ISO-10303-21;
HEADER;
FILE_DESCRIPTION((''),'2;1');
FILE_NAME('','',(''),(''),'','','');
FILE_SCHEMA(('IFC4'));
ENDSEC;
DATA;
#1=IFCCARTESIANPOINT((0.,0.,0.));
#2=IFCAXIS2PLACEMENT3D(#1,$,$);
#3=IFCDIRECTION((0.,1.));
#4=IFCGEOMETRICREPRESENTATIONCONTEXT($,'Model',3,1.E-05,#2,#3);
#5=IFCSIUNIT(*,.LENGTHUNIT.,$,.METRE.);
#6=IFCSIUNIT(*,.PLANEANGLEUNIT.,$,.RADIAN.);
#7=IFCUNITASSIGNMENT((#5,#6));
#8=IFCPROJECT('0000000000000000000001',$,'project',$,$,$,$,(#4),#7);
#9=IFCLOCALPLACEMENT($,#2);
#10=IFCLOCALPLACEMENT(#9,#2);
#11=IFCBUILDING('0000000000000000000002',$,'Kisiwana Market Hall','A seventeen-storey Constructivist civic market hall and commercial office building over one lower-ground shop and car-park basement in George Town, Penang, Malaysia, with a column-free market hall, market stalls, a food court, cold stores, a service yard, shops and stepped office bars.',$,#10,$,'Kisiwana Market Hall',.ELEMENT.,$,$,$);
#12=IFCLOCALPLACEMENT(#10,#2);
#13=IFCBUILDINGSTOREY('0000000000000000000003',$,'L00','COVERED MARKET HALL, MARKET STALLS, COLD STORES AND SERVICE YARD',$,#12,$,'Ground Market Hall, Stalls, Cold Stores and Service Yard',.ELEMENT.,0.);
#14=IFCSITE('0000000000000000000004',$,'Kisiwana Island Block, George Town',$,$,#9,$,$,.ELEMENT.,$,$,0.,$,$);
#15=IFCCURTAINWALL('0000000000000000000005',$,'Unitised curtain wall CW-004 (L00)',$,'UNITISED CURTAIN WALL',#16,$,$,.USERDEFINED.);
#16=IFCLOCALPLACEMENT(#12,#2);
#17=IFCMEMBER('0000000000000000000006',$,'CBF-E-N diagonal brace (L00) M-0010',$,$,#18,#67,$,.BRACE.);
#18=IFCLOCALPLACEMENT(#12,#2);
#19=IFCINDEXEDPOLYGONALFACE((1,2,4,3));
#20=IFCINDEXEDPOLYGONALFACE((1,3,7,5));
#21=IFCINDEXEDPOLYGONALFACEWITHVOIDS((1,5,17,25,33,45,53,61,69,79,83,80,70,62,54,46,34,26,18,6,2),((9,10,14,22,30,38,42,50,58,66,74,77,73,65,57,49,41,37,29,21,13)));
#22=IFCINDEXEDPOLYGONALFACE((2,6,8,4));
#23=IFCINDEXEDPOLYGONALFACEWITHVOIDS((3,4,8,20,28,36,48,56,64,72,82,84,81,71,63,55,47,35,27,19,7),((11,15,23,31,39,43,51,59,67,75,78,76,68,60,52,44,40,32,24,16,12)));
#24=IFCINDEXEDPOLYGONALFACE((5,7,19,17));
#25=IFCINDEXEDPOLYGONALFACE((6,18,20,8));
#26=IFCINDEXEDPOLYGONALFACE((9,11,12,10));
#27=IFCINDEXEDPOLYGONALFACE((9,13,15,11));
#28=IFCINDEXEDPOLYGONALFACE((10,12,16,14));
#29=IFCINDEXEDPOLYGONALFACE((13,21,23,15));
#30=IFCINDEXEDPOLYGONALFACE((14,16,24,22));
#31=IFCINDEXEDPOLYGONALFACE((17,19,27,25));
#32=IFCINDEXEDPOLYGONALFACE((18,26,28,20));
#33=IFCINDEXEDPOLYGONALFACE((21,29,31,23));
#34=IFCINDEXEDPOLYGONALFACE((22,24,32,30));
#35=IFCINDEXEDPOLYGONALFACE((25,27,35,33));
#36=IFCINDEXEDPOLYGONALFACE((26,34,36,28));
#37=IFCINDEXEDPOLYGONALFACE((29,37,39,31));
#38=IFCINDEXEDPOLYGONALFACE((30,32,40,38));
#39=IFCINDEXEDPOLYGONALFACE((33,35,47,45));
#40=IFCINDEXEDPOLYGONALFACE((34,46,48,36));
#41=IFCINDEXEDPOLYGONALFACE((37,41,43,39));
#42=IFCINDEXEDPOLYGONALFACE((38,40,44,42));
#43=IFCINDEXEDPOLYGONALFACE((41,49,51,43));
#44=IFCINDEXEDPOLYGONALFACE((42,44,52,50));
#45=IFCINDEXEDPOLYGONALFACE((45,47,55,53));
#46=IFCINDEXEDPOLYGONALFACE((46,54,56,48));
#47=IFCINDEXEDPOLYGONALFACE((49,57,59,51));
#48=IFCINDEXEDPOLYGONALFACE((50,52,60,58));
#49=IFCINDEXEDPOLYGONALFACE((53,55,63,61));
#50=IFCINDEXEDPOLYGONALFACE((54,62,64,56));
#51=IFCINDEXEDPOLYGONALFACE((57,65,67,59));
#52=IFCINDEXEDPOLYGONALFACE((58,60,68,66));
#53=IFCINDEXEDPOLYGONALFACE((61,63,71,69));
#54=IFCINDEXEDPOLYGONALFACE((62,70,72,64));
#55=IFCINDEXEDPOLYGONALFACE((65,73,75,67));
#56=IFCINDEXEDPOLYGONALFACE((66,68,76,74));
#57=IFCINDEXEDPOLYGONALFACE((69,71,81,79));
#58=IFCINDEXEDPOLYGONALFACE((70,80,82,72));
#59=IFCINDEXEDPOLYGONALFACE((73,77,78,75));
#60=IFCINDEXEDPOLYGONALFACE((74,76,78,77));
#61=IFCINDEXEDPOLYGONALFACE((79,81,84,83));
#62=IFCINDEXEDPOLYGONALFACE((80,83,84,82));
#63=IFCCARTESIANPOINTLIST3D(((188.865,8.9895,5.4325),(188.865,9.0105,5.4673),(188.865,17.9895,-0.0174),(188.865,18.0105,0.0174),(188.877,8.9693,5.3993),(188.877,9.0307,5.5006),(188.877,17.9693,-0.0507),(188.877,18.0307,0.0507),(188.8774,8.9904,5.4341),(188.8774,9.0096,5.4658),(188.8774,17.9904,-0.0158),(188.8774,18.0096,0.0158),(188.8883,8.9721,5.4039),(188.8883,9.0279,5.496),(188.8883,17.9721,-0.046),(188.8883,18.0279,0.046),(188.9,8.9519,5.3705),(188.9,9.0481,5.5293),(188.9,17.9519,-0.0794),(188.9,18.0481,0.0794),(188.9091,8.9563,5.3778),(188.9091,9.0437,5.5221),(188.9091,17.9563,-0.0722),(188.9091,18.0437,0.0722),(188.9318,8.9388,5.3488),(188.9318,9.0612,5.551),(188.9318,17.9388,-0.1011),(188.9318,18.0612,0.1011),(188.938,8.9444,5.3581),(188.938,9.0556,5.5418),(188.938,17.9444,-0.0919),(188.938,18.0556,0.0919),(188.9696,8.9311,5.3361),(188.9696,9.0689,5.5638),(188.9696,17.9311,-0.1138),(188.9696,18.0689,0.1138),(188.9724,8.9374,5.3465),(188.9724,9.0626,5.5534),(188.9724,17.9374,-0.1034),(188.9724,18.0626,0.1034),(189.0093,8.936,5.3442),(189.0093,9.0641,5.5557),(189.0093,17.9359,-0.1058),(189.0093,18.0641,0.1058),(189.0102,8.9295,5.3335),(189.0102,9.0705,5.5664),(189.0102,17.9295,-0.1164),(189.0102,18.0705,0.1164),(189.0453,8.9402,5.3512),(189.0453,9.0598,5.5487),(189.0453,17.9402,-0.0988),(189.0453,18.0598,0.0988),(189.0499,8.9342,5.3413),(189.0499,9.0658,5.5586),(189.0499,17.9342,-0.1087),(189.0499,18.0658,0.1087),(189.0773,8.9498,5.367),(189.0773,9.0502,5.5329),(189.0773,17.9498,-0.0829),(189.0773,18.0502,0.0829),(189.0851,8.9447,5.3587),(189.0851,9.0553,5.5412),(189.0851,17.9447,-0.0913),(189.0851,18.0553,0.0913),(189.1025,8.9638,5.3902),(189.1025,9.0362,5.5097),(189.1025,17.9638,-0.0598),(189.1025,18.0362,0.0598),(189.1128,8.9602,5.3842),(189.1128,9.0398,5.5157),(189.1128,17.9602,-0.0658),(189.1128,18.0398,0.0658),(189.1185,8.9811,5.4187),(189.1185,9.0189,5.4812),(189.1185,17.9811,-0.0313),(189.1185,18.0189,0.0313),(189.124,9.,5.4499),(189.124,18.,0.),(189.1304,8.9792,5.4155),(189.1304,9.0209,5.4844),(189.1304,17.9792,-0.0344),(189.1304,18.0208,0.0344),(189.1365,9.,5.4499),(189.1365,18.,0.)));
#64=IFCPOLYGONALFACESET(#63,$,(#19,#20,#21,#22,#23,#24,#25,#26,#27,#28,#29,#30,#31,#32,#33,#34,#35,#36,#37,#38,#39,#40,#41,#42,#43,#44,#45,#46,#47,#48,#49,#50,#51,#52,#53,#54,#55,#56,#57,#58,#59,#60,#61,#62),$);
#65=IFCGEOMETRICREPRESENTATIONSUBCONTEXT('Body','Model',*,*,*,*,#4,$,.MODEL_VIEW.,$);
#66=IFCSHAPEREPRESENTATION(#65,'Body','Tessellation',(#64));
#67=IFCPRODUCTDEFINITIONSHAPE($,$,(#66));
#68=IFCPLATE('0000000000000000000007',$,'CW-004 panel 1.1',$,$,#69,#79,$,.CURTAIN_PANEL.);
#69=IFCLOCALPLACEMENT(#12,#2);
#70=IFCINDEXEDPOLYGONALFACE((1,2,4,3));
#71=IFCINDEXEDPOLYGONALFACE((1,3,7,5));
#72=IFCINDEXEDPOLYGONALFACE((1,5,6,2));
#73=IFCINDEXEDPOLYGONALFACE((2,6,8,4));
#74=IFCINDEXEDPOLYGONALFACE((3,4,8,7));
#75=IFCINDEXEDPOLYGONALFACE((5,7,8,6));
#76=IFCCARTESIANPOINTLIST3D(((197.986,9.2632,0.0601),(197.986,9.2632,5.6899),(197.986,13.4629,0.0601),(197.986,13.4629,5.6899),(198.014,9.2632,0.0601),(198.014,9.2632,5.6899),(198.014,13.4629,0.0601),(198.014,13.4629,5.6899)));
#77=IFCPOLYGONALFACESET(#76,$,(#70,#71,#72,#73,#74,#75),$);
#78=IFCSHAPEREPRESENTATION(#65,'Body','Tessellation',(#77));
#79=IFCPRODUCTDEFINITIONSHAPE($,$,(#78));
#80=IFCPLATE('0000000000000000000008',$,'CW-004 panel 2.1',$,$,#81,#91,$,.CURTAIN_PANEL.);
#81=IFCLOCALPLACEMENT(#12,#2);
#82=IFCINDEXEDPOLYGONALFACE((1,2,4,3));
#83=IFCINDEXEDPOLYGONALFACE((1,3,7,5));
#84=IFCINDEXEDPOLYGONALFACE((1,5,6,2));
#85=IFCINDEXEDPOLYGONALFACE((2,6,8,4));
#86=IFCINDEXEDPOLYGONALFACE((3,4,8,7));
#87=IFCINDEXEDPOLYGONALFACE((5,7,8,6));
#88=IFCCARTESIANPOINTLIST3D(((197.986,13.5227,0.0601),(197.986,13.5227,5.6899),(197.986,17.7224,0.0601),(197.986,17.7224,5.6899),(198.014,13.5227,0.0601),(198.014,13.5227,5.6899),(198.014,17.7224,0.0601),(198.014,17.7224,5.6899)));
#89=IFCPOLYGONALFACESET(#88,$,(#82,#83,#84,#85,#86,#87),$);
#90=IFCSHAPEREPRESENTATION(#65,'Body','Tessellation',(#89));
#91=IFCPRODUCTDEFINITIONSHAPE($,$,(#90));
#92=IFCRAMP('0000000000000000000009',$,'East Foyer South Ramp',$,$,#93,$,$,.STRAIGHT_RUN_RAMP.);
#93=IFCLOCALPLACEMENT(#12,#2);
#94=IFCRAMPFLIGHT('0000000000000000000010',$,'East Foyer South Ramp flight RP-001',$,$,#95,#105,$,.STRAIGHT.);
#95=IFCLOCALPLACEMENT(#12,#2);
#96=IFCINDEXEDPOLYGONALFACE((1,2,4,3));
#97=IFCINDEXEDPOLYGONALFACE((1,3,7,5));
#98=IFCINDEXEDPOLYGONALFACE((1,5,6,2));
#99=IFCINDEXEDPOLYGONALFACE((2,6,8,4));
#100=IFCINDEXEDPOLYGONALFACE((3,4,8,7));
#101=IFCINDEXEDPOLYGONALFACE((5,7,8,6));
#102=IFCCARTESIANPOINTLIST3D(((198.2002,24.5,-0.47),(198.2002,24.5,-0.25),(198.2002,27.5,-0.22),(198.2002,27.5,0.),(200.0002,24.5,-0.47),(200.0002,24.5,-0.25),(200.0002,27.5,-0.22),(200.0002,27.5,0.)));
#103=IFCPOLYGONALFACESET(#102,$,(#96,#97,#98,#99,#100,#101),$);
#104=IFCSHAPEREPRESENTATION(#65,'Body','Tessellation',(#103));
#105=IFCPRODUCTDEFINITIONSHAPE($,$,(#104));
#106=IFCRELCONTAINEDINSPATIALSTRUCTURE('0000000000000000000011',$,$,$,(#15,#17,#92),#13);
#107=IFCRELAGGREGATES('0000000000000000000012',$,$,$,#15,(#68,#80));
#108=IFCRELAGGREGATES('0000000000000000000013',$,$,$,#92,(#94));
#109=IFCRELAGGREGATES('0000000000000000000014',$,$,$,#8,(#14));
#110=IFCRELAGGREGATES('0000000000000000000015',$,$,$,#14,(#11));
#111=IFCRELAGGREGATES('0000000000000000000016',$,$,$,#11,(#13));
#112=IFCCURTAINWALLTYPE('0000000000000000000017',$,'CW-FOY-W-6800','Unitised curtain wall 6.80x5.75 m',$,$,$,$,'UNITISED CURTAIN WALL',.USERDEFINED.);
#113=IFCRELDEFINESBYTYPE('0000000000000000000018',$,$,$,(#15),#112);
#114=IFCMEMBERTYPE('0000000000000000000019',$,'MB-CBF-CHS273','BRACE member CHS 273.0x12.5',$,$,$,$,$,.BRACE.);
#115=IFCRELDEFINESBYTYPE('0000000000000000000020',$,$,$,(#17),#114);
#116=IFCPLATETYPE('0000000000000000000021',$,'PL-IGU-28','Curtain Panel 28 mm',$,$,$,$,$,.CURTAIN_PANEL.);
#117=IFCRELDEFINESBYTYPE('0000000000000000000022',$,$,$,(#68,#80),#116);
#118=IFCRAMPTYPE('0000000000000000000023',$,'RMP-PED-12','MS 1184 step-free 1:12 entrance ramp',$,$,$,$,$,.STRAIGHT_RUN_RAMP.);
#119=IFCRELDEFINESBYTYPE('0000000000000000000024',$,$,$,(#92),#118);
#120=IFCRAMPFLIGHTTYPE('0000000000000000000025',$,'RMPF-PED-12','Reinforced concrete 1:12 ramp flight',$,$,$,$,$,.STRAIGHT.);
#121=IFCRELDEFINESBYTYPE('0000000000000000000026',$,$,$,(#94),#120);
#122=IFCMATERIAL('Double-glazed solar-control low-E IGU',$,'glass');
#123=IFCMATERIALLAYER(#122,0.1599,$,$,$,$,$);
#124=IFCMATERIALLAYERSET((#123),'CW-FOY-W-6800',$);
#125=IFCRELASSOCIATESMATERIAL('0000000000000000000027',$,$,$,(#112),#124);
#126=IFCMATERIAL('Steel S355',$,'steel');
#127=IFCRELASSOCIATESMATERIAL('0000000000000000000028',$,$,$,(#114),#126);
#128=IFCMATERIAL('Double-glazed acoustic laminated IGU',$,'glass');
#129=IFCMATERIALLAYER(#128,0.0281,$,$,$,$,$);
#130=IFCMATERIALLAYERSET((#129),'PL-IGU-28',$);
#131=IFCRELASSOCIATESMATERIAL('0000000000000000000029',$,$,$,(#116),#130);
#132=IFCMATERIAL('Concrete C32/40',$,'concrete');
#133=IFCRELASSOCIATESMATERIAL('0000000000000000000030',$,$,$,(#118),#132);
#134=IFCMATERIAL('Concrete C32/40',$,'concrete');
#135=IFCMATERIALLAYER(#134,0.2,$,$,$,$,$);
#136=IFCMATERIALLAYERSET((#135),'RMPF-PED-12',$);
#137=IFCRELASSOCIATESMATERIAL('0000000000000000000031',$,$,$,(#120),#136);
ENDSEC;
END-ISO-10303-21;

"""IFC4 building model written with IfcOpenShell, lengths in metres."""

from ifc_helpers import new_model, si_unit, direction, frame, origin, origin_2d, place, context, subcontext, project, spatial, polyline, rectangle, hollow_circle, outline, extrude, material, layer, layer_set, material_profile, profile_set, type_object, element, aggregate, save


model = new_model("IFC4")

# Units and contexts
model_context = context("Model", 3, precision=1e-05, world=origin(), true_north=direction((0.0, 1.0)))
body_context = subcontext(model_context, "Body", "Model", "MODEL_VIEW")
ifc_project = project(units=[si_unit("LENGTHUNIT", "METRE"), si_unit("PLANEANGLEUNIT", "RADIAN")], contexts=[model_context])

# Site, building, storey
site_placement = place(None, origin())
site = spatial("IfcSite", under=ifc_project, at=site_placement, Name="Kisiwana Island Block, George Town", CompositionType="ELEMENT", RefElevation=0.0)
building_placement = place(site_placement, origin())
building = spatial("IfcBuilding", under=site, at=building_placement, Name="Kisiwana Market Hall", Description="A seventeen-storey Constructivist civic market hall and commercial office building over one lower-ground shop and car-park basement in George Town, Penang, Malaysia, with a column-free market hall, market stalls, a food court, cold stores, a service yard, shops and stepped office bars.", LongName="Kisiwana Market Hall", CompositionType="ELEMENT")
storey_placement = place(building_placement, origin())
storey = spatial("IfcBuildingStorey", under=building, at=storey_placement, Name="L00", Description="COVERED MARKET HALL, MARKET STALLS, COLD STORES AND SERVICE YARD", LongName="Ground Market Hall, Stalls, Cold Stores and Service Yard", CompositionType="ELEMENT", Elevation=0.0)

# Curtain wall
ifc_material_1 = material(Name="Double-glazed solar-control low-E IGU", Category="glass")
ifc_layer_1 = layer(ifc_material_1, 0.1599)
ifc_layer_set_1 = layer_set([ifc_layer_1], Name="CW-FOY-W-6800")
curtain_wall_type = type_object("IfcCurtainWallType", Name="CW-FOY-W-6800", Description="Unitised curtain wall 6.80x5.75 m", ElementType="UNITISED CURTAIN WALL", PredefinedType="USERDEFINED", material=ifc_layer_set_1)
curtain_wall_placement = place(storey_placement, origin())
curtain_wall = element("IfcCurtainWall", 1, at=curtain_wall_placement, inside=storey, type_object=curtain_wall_type, Name="Unitised curtain wall CW-004 (L00)", ObjectType="UNITISED CURTAIN WALL", PredefinedType="USERDEFINED")

# Member
ifc_material_2 = material(Name="Steel S355", Category="steel")
ifc_material_profile_1 = material_profile(ifc_material_2, hollow_circle(Radius=0.1365, WallThickness=0.0125, at=origin_2d()), Name="CHS 273.0x12.5")
ifc_profile_set_1 = profile_set([ifc_material_profile_1], Name="Steel S355")
member_type_1 = type_object("IfcMemberType", Name="MB-CBF-CHS273", Description="BRACE member CHS 273.0x12.5", PredefinedType="BRACE", material=ifc_profile_set_1)
member_1_placement = place(storey_placement, frame((189.0, 18.0, 0.0), z_axis=(0.0, -0.855391, 0.517982), x_axis=(1.0, 0.0, 0.0)))
element("IfcMember", 2, at=member_1_placement, inside=storey, type_object=member_type_1, Name="CBF-E-N diagonal brace (L00) M-0010", PredefinedType="BRACE", context=body_context, shape_type="SweptSolid", body=[
    extrude(hollow_circle(Radius=0.1365, WallThickness=0.0125, at=origin_2d()), origin(), (0.0, 0.0, 1.0), 10.5215),
])

# Plates
ifc_material_3 = material(Name="Double-glazed acoustic laminated IGU", Category="glass")
ifc_layer_2 = layer(ifc_material_3, 0.0281)
ifc_layer_set_2 = layer_set([ifc_layer_2], Name="PL-IGU-28")
plate_type = type_object("IfcPlateType", Name="PL-IGU-28", Description="Curtain Panel 28 mm", PredefinedType="CURTAIN_PANEL", material=ifc_layer_set_2)
plate_1_placement = place(storey_placement, frame((198.0, 11.363, 0.0601), z_axis=(0.0, 0.0, 1.0), x_axis=(0.0, 1.0, 0.0)))
plate_1 = element("IfcPlate", 3, at=plate_1_placement, type_object=plate_type, Name="CW-004 panel 1.1", PredefinedType="CURTAIN_PANEL", context=body_context, shape_type="SweptSolid", body=[
    extrude(rectangle(XDim=4.1997, YDim=0.0281, at=origin_2d()), origin(), (0.0, 0.0, 1.0), 5.6299),
])
plate_2_placement = place(storey_placement, frame((198.0, 15.6226, 0.0601), z_axis=(0.0, 0.0, 1.0), x_axis=(0.0, 1.0, 0.0)))
plate_2 = element("IfcPlate", 4, at=plate_2_placement, type_object=plate_type, Name="CW-004 panel 2.1", PredefinedType="CURTAIN_PANEL", context=body_context, shape_type="SweptSolid", body=[
    extrude(rectangle(XDim=4.1997, YDim=0.0281, at=origin_2d()), origin(), (0.0, 0.0, 1.0), 5.6299),
])
aggregate(curtain_wall, [plate_1, plate_2])

# Ramp, ramp flight
ifc_material_4 = material(Name="Concrete C32/40", Category="concrete")
ramp_type = type_object("IfcRampType", Name="RMP-PED-12", Description="MS 1184 step-free 1:12 entrance ramp", PredefinedType="STRAIGHT_RUN_RAMP", material=ifc_material_4)
ramp_placement = place(storey_placement, origin())
ramp = element("IfcRamp", 5, at=ramp_placement, inside=storey, type_object=ramp_type, Name="East Foyer South Ramp", PredefinedType="STRAIGHT_RUN_RAMP")
ifc_material_5 = material(Name="Concrete C32/40", Category="concrete")
ifc_layer_3 = layer(ifc_material_5, 0.2)
ifc_layer_set_3 = layer_set([ifc_layer_3], Name="RMPF-PED-12")
ramp_flight_type = type_object("IfcRampFlightType", Name="RMPF-PED-12", Description="Reinforced concrete 1:12 ramp flight", PredefinedType="STRAIGHT", material=ifc_layer_set_3)
ramp_flight_placement = place(storey_placement, frame((199.1001, 24.5, -0.25), z_axis=(0.0, 0.0, 1.0), x_axis=(0.0, 1.0, 0.0)))
ramp_flight = element("IfcRampFlight", 6, at=ramp_flight_placement, type_object=ramp_flight_type, Name="East Foyer South Ramp flight RP-001", PredefinedType="STRAIGHT", context=body_context, shape_type="SweptSolid", body=[
    extrude(outline(polyline([(0.0, -0.22), (3.0, 0.03), (3.0, 0.25), (0.0, 0.0), (0.0, -0.22)])), frame((0.0, 0.8999, 0.0), z_axis=(0.0, -1.0, 0.0), x_axis=(1.0, 0.0, 0.0)), (0.0, 0.0, 1.0), 1.8),
])
aggregate(ramp, [ramp_flight])

save(model, "model.ifc")
